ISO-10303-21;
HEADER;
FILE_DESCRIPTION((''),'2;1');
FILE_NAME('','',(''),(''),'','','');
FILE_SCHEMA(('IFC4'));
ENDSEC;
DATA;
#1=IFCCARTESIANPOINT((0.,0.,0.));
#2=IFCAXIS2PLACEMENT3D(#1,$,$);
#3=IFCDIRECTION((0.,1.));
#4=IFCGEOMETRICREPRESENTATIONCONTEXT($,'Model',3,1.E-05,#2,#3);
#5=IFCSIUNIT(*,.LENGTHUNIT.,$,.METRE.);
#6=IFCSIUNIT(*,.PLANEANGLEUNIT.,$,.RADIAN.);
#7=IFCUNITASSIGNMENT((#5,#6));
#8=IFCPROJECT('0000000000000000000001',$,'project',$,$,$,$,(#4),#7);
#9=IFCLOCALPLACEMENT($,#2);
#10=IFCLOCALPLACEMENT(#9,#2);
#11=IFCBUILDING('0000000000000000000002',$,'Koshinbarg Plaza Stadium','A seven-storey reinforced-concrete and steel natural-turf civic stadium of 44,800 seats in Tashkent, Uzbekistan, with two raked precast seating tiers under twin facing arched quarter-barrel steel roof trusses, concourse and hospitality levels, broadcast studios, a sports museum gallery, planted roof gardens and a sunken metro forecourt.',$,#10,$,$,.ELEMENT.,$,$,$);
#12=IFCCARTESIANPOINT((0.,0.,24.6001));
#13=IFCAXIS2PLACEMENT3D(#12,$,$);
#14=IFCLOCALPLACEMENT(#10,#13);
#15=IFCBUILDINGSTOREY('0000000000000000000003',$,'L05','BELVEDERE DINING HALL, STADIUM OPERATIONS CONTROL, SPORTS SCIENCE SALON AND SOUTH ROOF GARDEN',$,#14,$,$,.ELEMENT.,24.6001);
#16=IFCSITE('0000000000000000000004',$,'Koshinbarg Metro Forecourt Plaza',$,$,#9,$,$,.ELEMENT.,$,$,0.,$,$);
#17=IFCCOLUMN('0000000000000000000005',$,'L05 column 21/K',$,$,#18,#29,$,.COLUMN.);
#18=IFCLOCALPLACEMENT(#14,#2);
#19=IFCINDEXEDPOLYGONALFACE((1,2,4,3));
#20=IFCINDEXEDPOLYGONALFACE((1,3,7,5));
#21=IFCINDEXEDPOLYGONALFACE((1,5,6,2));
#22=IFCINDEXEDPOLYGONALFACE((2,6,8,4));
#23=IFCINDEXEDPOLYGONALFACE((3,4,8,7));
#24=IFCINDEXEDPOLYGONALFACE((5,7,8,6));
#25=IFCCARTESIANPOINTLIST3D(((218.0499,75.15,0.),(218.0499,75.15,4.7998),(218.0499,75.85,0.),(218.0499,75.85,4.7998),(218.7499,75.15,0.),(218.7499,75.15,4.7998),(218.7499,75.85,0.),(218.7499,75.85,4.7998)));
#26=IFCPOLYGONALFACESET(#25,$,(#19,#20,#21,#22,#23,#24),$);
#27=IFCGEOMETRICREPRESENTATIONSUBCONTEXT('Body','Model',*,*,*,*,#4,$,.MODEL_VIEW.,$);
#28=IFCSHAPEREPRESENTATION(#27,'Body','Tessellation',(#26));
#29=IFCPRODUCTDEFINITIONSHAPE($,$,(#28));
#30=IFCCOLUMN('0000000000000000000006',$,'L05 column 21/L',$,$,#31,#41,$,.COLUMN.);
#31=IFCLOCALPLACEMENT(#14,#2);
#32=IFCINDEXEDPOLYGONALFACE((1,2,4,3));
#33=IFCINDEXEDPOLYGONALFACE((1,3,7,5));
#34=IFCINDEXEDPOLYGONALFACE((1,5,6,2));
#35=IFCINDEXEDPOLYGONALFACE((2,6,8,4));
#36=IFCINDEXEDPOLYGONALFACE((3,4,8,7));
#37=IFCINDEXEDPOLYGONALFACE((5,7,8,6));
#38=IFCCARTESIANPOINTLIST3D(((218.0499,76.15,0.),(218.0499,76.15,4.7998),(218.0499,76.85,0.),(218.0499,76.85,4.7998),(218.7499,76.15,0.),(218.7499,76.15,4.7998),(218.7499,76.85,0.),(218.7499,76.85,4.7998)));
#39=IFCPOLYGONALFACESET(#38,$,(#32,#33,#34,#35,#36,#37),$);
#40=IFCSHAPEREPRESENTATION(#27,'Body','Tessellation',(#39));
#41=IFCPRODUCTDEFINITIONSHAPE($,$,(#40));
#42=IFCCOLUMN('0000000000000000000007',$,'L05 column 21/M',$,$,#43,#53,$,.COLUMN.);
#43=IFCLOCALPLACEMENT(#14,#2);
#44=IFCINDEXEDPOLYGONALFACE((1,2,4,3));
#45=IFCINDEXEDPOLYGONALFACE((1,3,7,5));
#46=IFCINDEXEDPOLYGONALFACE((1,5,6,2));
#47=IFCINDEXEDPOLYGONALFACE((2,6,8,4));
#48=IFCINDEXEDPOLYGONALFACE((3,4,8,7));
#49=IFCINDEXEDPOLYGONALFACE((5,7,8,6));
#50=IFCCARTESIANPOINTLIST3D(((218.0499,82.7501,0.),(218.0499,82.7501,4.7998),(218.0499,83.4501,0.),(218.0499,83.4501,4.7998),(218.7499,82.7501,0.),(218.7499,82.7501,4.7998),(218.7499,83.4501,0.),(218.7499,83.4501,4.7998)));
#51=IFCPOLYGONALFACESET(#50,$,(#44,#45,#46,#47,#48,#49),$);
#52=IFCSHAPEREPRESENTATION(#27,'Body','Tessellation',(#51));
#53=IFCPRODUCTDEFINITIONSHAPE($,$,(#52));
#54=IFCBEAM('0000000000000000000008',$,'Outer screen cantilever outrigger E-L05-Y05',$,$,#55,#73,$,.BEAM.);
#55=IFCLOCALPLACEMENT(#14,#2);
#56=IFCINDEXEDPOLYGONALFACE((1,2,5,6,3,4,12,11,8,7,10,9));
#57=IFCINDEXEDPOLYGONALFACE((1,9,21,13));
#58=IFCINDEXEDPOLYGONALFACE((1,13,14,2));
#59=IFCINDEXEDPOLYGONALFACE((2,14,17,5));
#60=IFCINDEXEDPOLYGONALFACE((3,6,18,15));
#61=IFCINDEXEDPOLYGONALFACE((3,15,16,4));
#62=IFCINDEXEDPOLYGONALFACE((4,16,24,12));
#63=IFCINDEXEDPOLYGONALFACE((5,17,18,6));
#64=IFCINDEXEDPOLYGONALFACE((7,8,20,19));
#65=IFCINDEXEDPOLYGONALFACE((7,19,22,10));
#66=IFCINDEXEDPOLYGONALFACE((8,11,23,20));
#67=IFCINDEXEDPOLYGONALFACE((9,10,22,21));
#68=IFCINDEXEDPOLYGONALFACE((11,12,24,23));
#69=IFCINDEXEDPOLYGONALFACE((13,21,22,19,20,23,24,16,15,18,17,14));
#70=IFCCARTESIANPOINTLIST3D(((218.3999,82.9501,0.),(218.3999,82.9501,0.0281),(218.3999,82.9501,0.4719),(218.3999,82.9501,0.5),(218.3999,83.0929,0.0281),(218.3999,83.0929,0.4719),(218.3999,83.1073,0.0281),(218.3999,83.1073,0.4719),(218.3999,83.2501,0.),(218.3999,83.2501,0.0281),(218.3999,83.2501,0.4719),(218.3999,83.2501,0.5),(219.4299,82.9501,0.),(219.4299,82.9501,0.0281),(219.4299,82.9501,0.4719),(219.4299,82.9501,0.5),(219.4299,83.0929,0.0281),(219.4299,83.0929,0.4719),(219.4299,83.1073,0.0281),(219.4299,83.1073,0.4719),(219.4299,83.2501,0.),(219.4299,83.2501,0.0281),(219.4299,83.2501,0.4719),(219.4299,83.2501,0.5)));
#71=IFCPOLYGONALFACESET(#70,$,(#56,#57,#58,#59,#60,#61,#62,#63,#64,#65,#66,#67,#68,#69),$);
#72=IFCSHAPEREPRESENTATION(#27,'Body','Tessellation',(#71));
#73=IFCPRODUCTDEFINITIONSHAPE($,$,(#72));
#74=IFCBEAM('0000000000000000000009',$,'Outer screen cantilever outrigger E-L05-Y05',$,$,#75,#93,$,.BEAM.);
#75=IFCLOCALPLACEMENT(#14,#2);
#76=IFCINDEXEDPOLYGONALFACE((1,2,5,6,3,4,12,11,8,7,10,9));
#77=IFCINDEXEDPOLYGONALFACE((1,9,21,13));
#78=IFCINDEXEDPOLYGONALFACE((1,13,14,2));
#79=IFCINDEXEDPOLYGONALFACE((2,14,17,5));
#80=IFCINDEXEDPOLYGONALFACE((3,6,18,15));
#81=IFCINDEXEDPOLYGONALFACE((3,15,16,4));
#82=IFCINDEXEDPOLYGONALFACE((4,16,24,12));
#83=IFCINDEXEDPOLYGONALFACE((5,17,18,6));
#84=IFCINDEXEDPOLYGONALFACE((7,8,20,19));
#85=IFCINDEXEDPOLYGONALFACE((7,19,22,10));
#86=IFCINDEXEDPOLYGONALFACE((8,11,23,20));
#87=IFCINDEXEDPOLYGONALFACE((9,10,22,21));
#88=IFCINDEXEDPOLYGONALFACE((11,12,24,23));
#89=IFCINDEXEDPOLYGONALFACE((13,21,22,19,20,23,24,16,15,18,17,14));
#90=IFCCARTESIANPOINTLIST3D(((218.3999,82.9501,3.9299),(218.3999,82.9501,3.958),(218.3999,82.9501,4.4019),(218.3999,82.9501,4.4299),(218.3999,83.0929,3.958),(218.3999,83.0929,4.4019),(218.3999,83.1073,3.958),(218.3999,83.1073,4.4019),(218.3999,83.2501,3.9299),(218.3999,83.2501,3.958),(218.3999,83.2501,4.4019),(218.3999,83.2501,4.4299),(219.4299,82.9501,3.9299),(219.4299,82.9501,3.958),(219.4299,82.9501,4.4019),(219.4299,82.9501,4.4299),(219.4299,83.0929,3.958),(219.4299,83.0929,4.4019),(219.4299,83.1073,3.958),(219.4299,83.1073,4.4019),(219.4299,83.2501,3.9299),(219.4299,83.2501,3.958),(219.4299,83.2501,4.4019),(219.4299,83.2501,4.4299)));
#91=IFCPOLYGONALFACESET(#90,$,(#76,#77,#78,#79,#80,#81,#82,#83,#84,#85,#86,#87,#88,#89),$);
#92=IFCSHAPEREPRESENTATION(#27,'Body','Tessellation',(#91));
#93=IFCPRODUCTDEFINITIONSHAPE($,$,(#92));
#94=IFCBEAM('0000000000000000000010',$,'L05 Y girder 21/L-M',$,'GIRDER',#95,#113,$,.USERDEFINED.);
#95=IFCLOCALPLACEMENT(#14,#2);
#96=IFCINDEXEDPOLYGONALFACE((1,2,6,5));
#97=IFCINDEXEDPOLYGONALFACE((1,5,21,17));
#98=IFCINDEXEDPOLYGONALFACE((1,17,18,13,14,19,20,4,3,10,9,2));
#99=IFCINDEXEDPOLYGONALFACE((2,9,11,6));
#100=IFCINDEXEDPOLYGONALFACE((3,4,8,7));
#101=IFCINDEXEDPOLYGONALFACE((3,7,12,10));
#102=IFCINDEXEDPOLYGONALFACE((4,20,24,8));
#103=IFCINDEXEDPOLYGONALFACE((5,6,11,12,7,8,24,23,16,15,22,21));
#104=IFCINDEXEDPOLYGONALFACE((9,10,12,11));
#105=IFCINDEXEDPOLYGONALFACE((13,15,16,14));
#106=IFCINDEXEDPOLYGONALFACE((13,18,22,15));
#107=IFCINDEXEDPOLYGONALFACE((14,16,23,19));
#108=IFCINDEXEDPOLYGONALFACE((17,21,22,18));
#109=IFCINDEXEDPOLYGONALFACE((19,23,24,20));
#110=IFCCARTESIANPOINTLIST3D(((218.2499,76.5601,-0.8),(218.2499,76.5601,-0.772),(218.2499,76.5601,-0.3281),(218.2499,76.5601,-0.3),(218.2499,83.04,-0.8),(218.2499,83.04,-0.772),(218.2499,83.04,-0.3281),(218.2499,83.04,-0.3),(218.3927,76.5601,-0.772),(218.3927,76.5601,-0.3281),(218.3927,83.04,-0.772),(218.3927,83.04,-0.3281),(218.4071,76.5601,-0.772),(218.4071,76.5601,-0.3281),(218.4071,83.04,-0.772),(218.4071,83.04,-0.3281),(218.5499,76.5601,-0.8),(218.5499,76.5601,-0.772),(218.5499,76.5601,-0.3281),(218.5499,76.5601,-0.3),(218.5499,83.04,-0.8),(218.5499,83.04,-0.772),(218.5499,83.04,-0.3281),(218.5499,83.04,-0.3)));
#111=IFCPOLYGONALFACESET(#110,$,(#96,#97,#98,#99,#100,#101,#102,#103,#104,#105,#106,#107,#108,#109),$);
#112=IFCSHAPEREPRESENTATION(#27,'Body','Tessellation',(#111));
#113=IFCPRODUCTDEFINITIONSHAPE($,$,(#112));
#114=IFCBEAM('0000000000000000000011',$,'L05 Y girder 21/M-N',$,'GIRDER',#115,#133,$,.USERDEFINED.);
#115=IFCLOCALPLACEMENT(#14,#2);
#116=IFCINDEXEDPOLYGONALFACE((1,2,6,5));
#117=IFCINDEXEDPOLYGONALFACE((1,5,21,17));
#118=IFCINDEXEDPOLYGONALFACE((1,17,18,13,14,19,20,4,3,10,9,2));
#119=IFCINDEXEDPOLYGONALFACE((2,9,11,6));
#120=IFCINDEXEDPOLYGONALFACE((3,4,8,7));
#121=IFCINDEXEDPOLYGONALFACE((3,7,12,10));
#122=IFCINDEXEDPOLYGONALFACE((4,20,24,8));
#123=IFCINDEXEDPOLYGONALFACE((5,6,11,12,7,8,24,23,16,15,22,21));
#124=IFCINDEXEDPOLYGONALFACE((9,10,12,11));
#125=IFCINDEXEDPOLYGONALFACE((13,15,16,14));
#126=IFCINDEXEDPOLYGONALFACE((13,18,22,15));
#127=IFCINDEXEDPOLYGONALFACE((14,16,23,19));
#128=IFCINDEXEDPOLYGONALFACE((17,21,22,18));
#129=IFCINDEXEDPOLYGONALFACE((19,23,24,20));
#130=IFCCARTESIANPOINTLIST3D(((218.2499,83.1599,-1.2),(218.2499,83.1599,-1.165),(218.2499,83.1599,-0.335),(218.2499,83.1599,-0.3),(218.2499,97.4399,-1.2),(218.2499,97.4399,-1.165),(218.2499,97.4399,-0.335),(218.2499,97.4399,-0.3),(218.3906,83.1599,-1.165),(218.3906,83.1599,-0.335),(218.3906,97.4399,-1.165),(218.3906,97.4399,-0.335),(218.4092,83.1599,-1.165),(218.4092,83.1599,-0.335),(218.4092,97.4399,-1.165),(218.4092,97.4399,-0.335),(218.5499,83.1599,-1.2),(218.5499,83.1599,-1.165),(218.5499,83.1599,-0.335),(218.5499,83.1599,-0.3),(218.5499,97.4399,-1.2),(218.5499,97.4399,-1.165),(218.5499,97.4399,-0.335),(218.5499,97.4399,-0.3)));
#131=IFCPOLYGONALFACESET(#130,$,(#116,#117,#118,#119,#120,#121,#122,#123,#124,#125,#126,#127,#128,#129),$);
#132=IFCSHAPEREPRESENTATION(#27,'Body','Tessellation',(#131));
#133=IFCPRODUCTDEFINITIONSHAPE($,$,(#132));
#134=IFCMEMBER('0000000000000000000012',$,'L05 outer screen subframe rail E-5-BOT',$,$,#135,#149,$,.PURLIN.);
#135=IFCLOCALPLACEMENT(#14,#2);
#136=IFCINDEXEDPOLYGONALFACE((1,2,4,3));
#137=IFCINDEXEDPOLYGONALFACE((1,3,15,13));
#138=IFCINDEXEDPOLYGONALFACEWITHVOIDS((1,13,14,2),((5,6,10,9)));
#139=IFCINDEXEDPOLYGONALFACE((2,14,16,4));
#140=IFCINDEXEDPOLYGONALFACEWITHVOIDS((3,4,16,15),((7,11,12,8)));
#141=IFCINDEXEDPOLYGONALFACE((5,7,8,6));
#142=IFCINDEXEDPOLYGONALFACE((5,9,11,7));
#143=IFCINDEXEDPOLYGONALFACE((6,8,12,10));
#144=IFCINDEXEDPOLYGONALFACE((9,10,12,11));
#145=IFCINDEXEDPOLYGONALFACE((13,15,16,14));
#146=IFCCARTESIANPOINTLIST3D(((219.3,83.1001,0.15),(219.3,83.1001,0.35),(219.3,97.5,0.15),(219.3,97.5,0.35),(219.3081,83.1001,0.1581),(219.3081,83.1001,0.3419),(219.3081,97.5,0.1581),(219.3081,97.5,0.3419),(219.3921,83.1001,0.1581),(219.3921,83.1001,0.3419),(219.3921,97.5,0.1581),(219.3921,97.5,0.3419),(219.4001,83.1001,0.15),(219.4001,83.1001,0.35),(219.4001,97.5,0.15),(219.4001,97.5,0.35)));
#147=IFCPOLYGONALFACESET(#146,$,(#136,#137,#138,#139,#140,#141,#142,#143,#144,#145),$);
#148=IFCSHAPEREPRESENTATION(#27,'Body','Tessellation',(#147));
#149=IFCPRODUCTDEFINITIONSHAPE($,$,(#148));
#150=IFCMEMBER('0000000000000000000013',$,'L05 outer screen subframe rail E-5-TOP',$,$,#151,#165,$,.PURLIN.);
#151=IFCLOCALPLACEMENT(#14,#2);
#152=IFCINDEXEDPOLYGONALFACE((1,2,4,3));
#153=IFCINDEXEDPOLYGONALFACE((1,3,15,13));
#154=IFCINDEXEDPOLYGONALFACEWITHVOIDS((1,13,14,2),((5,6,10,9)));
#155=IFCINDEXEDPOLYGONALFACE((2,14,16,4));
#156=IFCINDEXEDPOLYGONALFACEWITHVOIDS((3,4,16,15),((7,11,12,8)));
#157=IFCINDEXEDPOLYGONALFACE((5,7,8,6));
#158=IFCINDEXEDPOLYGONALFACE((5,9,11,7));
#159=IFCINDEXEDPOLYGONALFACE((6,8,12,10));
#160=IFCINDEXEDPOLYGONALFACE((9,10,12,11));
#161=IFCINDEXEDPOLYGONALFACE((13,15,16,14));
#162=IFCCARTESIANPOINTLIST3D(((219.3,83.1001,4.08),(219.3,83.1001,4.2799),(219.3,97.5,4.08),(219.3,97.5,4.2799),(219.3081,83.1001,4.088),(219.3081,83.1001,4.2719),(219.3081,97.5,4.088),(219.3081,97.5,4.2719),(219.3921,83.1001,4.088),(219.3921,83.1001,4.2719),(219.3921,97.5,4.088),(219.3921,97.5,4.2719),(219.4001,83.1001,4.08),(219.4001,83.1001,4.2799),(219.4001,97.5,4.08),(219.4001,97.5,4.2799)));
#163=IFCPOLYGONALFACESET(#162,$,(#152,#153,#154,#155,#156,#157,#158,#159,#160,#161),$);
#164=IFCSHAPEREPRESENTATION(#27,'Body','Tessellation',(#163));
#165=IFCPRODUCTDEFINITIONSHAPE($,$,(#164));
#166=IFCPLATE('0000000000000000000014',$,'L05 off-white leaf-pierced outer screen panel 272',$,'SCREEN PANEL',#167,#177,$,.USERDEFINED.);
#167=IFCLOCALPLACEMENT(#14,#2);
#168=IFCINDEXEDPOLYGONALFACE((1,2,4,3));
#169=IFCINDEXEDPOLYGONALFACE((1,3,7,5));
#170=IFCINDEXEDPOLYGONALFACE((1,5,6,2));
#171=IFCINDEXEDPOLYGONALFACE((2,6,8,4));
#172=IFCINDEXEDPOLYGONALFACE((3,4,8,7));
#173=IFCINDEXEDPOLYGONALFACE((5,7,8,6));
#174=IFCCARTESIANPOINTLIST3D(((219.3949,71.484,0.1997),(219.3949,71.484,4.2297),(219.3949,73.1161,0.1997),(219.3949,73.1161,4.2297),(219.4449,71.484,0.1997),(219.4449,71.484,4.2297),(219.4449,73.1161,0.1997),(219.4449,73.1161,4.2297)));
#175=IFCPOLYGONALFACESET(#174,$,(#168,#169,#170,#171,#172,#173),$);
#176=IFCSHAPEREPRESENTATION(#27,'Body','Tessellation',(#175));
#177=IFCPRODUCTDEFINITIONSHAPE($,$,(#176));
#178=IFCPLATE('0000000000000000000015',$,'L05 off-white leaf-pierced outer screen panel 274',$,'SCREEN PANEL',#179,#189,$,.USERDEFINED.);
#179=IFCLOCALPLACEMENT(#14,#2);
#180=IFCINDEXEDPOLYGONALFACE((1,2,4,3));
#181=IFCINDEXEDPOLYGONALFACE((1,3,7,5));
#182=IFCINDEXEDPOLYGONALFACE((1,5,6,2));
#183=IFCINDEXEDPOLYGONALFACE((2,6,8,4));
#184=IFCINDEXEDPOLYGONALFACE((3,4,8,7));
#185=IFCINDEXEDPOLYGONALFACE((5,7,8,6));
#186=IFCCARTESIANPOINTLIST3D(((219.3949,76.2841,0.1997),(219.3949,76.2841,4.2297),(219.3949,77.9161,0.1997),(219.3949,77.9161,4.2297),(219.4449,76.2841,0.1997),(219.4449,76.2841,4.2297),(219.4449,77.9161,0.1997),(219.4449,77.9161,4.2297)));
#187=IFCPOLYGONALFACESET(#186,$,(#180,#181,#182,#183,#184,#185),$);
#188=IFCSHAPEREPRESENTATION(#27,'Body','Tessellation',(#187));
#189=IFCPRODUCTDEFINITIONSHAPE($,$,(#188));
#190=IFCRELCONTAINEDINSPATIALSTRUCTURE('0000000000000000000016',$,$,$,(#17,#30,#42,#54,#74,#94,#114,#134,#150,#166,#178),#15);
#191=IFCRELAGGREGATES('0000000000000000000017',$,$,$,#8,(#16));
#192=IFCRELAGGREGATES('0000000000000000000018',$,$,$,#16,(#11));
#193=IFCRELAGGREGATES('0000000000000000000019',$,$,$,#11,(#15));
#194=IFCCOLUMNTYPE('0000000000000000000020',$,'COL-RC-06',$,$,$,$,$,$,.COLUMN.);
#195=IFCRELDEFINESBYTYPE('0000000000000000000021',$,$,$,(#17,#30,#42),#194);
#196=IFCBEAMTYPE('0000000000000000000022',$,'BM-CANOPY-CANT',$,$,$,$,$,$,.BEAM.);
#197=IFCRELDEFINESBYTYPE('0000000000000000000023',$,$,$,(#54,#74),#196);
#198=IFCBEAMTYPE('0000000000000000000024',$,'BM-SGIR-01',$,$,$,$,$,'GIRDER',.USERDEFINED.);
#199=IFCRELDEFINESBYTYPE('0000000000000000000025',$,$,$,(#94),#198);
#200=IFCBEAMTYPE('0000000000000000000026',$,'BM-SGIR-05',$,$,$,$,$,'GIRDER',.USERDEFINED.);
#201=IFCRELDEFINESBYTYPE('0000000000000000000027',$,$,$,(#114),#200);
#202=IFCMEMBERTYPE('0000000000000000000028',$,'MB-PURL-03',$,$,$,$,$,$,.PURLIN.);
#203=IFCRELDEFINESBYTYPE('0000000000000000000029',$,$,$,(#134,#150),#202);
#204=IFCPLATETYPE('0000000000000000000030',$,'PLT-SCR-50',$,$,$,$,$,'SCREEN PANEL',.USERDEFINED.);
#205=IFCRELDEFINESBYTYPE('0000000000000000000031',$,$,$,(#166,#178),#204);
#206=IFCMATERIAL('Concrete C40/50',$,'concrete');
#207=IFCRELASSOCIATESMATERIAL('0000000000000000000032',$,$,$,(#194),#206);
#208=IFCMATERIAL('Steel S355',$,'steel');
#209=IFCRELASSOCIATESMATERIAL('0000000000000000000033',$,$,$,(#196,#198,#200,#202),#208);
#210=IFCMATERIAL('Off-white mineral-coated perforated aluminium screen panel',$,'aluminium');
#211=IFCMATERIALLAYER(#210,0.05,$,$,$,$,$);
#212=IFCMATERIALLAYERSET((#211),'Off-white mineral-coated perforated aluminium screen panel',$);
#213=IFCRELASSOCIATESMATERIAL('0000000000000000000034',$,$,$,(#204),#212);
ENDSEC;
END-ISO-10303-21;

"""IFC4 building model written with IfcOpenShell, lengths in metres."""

from ifc_helpers import new_model, si_unit, direction, frame, origin, origin_2d, place, context, subcontext, project, spatial, rectangle, hollow_rectangle, i_section, extrude, material, layer, layer_set, material_profile, profile_set, type_object, element, save


model = new_model("IFC4")

# Units and contexts
model_context = context("Model", 3, precision=1e-05, world=origin(), true_north=direction((0.0, 1.0)))
body_context = subcontext(model_context, "Body", "Model", "MODEL_VIEW")
ifc_project = project(units=[si_unit("LENGTHUNIT", "METRE"), si_unit("PLANEANGLEUNIT", "RADIAN")], contexts=[model_context])

# Site, building, storey
site_placement = place(None, origin())
site = spatial("IfcSite", under=ifc_project, at=site_placement, Name="Koshinbarg Metro Forecourt Plaza", CompositionType="ELEMENT", RefElevation=0.0)
building_placement = place(site_placement, origin())
building = spatial("IfcBuilding", under=site, at=building_placement, Name="Koshinbarg Plaza Stadium", Description="A seven-storey reinforced-concrete and steel natural-turf civic stadium of 44,800 seats in Tashkent, Uzbekistan, with two raked precast seating tiers under twin facing arched quarter-barrel steel roof trusses, concourse and hospitality levels, broadcast studios, a sports museum gallery, planted roof gardens and a sunken metro forecourt.", CompositionType="ELEMENT")
storey_placement = place(building_placement, frame((0.0, 0.0, 24.6001)))
storey = spatial("IfcBuildingStorey", under=building, at=storey_placement, Name="L05", Description="BELVEDERE DINING HALL, STADIUM OPERATIONS CONTROL, SPORTS SCIENCE SALON AND SOUTH ROOF GARDEN", CompositionType="ELEMENT", Elevation=24.6001)

# Columns
ifc_material_1 = material(Name="Concrete C40/50", Category="concrete")
ifc_material_profile_1 = material_profile(ifc_material_1, rectangle(XDim=0.7, YDim=0.7, at=origin_2d()), Name="RC 700x700")
ifc_profile_set_1 = profile_set([ifc_material_profile_1], Name="Concrete C40/50")
column_type = type_object("IfcColumnType", Name="COL-RC-06", PredefinedType="COLUMN", material=ifc_profile_set_1)
for number, where, z_axis, x_axis, name in (
    (1, (218.3999, 75.5, 0.0), (0.0, 0.0, 1.0), (1.0, 0.0, 0.0), "L05 column 21/K"),
    (2, (218.3999, 76.5, 0.0), (0.0, 0.0, 1.0), (1.0, 0.0, 0.0), "L05 column 21/L"),
    (3, (218.3999, 83.1001, 0.0), (0.0, 0.0, 1.0), (1.0, 0.0, 0.0), "L05 column 21/M"),
):
    element("IfcColumn", number, at=place(storey_placement, frame(where, z_axis=z_axis, x_axis=x_axis)), inside=storey, type_object=column_type, Name=name, PredefinedType="COLUMN", context=body_context, shape_type="SweptSolid", body=[
        extrude(rectangle(XDim=0.7, YDim=0.7, at=origin_2d()), origin(), (0.0, 0.0, 1.0), 4.7998),
    ])

# Beams
ifc_material_2 = material(Name="Steel S355", Category="steel")
ifc_material_profile_2 = material_profile(ifc_material_2, i_section(OverallWidth=0.3, OverallDepth=0.5, WebThickness=0.0144, FlangeThickness=0.0281, at=origin_2d()), Name="HEB 500")
ifc_profile_set_2 = profile_set([ifc_material_profile_2], Name="Steel S355")
beam_type_1 = type_object("IfcBeamType", Name="BM-CANOPY-CANT", PredefinedType="BEAM", material=ifc_profile_set_2)
for number, where, z_axis, x_axis, name in (
    (4, (218.3999, 83.1001, 0.25), (1.0, 0.0, 0.0), (0.0, 1.0, 0.0), "Outer screen cantilever outrigger E-L05-Y05"),
    (5, (218.3999, 83.1001, 4.1799), (1.0, 0.0, 0.0), (0.0, 1.0, 0.0), "Outer screen cantilever outrigger E-L05-Y05"),
):
    element("IfcBeam", number, at=place(storey_placement, frame(where, z_axis=z_axis, x_axis=x_axis)), inside=storey, type_object=beam_type_1, Name=name, PredefinedType="BEAM", context=body_context, shape_type="SweptSolid", body=[
        extrude(i_section(OverallWidth=0.3, OverallDepth=0.5, WebThickness=0.0144, FlangeThickness=0.0281, at=origin_2d()), origin(), (0.0, 0.0, 1.0), 1.03),
    ])
ifc_material_profile_3 = material_profile(ifc_material_2, i_section(OverallWidth=0.3, OverallDepth=0.5, WebThickness=0.0144, FlangeThickness=0.0281, at=origin_2d()), Name="HEB 500")
ifc_profile_set_3 = profile_set([ifc_material_profile_3], Name="Steel S355")
beam_type_2 = type_object("IfcBeamType", Name="BM-SGIR-01", ElementType="GIRDER", PredefinedType="USERDEFINED", material=ifc_profile_set_3)
beam_1_placement = place(storey_placement, frame((218.3999, 76.5601, -0.55), z_axis=(0.0, 1.0, 0.0), x_axis=(-1.0, 0.0, 0.0)))
element("IfcBeam", 6, at=beam_1_placement, inside=storey, type_object=beam_type_2, Name="L05 Y girder 21/L-M", ObjectType="GIRDER", PredefinedType="USERDEFINED", context=body_context, shape_type="SweptSolid", body=[
    extrude(i_section(OverallWidth=0.3, OverallDepth=0.5, WebThickness=0.0144, FlangeThickness=0.0281, at=origin_2d()), origin(), (0.0, 0.0, 1.0), 6.48),
])
ifc_material_profile_4 = material_profile(ifc_material_2, i_section(OverallWidth=0.3, OverallDepth=0.8999, WebThickness=0.0186, FlangeThickness=0.0349, at=origin_2d()), Name="HEB 900")
ifc_profile_set_4 = profile_set([ifc_material_profile_4], Name="Steel S355")
beam_type_3 = type_object("IfcBeamType", Name="BM-SGIR-05", ElementType="GIRDER", PredefinedType="USERDEFINED", material=ifc_profile_set_4)
beam_2_placement = place(storey_placement, frame((218.3999, 83.1599, -0.75), z_axis=(0.0, 1.0, 0.0), x_axis=(-1.0, 0.0, 0.0)))
element("IfcBeam", 7, at=beam_2_placement, inside=storey, type_object=beam_type_3, Name="L05 Y girder 21/M-N", ObjectType="GIRDER", PredefinedType="USERDEFINED", context=body_context, shape_type="SweptSolid", body=[
    extrude(i_section(OverallWidth=0.3, OverallDepth=0.8999, WebThickness=0.0186, FlangeThickness=0.0349, at=origin_2d()), origin(), (0.0, 0.0, 1.0), 14.28),
])

# Members
ifc_material_profile_5 = material_profile(ifc_material_2, hollow_rectangle(XDim=0.1001, YDim=0.2, WallThickness=0.0081, at=origin_2d()), Name="RHS 200x100x8")
ifc_profile_set_5 = profile_set([ifc_material_profile_5], Name="Steel S355")
member_type = type_object("IfcMemberType", Name="MB-PURL-03", PredefinedType="PURLIN", material=ifc_profile_set_5)
for number, where, z_axis, x_axis, name in (
    (8, (219.3501, 83.1001, 0.25), (0.0, 1.0, 0.0), (-1.0, 0.0, 0.0), "L05 outer screen subframe rail E-5-BOT"),
    (9, (219.3501, 83.1001, 4.1799), (0.0, 1.0, 0.0), (-1.0, 0.0, 0.0), "L05 outer screen subframe rail E-5-TOP"),
):
    element("IfcMember", number, at=place(storey_placement, frame(where, z_axis=z_axis, x_axis=x_axis)), inside=storey, type_object=member_type, Name=name, PredefinedType="PURLIN", context=body_context, shape_type="SweptSolid", body=[
        extrude(hollow_rectangle(XDim=0.1001, YDim=0.2, WallThickness=0.0081, at=origin_2d()), origin(), (0.0, 0.0, 1.0), 14.3999),
    ])

# Plates
ifc_material_3 = material(Name="Off-white mineral-coated perforated aluminium screen panel", Category="aluminium")
ifc_layer_1 = layer(ifc_material_3, 0.05)
ifc_layer_set_1 = layer_set([ifc_layer_1], Name="Off-white mineral-coated perforated aluminium screen panel")
plate_type_1 = type_object("IfcPlateType", Name="PLT-SCR-50", ElementType="SCREEN PANEL", PredefinedType="USERDEFINED", material=ifc_layer_set_1)
for number, where, z_axis, x_axis, name in (
    (10, (219.4199, 72.3, 0.1997), (0.0, 0.0, 1.0), (1.0, 0.0, 0.0), "L05 off-white leaf-pierced outer screen panel 272"),
    (11, (219.4199, 77.1001, 0.1997), (0.0, 0.0, 1.0), (1.0, 0.0, 0.0), "L05 off-white leaf-pierced outer screen panel 274"),
):
    element("IfcPlate", number, at=place(storey_placement, frame(where, z_axis=z_axis, x_axis=x_axis)), inside=storey, type_object=plate_type_1, Name=name, ObjectType="SCREEN PANEL", PredefinedType="USERDEFINED", context=body_context, shape_type="SweptSolid", body=[
        extrude(rectangle(XDim=0.05, YDim=1.6321, at=origin_2d()), origin(), (0.0, 0.0, 1.0), 4.03),
    ])

save(model, "model.ifc")
